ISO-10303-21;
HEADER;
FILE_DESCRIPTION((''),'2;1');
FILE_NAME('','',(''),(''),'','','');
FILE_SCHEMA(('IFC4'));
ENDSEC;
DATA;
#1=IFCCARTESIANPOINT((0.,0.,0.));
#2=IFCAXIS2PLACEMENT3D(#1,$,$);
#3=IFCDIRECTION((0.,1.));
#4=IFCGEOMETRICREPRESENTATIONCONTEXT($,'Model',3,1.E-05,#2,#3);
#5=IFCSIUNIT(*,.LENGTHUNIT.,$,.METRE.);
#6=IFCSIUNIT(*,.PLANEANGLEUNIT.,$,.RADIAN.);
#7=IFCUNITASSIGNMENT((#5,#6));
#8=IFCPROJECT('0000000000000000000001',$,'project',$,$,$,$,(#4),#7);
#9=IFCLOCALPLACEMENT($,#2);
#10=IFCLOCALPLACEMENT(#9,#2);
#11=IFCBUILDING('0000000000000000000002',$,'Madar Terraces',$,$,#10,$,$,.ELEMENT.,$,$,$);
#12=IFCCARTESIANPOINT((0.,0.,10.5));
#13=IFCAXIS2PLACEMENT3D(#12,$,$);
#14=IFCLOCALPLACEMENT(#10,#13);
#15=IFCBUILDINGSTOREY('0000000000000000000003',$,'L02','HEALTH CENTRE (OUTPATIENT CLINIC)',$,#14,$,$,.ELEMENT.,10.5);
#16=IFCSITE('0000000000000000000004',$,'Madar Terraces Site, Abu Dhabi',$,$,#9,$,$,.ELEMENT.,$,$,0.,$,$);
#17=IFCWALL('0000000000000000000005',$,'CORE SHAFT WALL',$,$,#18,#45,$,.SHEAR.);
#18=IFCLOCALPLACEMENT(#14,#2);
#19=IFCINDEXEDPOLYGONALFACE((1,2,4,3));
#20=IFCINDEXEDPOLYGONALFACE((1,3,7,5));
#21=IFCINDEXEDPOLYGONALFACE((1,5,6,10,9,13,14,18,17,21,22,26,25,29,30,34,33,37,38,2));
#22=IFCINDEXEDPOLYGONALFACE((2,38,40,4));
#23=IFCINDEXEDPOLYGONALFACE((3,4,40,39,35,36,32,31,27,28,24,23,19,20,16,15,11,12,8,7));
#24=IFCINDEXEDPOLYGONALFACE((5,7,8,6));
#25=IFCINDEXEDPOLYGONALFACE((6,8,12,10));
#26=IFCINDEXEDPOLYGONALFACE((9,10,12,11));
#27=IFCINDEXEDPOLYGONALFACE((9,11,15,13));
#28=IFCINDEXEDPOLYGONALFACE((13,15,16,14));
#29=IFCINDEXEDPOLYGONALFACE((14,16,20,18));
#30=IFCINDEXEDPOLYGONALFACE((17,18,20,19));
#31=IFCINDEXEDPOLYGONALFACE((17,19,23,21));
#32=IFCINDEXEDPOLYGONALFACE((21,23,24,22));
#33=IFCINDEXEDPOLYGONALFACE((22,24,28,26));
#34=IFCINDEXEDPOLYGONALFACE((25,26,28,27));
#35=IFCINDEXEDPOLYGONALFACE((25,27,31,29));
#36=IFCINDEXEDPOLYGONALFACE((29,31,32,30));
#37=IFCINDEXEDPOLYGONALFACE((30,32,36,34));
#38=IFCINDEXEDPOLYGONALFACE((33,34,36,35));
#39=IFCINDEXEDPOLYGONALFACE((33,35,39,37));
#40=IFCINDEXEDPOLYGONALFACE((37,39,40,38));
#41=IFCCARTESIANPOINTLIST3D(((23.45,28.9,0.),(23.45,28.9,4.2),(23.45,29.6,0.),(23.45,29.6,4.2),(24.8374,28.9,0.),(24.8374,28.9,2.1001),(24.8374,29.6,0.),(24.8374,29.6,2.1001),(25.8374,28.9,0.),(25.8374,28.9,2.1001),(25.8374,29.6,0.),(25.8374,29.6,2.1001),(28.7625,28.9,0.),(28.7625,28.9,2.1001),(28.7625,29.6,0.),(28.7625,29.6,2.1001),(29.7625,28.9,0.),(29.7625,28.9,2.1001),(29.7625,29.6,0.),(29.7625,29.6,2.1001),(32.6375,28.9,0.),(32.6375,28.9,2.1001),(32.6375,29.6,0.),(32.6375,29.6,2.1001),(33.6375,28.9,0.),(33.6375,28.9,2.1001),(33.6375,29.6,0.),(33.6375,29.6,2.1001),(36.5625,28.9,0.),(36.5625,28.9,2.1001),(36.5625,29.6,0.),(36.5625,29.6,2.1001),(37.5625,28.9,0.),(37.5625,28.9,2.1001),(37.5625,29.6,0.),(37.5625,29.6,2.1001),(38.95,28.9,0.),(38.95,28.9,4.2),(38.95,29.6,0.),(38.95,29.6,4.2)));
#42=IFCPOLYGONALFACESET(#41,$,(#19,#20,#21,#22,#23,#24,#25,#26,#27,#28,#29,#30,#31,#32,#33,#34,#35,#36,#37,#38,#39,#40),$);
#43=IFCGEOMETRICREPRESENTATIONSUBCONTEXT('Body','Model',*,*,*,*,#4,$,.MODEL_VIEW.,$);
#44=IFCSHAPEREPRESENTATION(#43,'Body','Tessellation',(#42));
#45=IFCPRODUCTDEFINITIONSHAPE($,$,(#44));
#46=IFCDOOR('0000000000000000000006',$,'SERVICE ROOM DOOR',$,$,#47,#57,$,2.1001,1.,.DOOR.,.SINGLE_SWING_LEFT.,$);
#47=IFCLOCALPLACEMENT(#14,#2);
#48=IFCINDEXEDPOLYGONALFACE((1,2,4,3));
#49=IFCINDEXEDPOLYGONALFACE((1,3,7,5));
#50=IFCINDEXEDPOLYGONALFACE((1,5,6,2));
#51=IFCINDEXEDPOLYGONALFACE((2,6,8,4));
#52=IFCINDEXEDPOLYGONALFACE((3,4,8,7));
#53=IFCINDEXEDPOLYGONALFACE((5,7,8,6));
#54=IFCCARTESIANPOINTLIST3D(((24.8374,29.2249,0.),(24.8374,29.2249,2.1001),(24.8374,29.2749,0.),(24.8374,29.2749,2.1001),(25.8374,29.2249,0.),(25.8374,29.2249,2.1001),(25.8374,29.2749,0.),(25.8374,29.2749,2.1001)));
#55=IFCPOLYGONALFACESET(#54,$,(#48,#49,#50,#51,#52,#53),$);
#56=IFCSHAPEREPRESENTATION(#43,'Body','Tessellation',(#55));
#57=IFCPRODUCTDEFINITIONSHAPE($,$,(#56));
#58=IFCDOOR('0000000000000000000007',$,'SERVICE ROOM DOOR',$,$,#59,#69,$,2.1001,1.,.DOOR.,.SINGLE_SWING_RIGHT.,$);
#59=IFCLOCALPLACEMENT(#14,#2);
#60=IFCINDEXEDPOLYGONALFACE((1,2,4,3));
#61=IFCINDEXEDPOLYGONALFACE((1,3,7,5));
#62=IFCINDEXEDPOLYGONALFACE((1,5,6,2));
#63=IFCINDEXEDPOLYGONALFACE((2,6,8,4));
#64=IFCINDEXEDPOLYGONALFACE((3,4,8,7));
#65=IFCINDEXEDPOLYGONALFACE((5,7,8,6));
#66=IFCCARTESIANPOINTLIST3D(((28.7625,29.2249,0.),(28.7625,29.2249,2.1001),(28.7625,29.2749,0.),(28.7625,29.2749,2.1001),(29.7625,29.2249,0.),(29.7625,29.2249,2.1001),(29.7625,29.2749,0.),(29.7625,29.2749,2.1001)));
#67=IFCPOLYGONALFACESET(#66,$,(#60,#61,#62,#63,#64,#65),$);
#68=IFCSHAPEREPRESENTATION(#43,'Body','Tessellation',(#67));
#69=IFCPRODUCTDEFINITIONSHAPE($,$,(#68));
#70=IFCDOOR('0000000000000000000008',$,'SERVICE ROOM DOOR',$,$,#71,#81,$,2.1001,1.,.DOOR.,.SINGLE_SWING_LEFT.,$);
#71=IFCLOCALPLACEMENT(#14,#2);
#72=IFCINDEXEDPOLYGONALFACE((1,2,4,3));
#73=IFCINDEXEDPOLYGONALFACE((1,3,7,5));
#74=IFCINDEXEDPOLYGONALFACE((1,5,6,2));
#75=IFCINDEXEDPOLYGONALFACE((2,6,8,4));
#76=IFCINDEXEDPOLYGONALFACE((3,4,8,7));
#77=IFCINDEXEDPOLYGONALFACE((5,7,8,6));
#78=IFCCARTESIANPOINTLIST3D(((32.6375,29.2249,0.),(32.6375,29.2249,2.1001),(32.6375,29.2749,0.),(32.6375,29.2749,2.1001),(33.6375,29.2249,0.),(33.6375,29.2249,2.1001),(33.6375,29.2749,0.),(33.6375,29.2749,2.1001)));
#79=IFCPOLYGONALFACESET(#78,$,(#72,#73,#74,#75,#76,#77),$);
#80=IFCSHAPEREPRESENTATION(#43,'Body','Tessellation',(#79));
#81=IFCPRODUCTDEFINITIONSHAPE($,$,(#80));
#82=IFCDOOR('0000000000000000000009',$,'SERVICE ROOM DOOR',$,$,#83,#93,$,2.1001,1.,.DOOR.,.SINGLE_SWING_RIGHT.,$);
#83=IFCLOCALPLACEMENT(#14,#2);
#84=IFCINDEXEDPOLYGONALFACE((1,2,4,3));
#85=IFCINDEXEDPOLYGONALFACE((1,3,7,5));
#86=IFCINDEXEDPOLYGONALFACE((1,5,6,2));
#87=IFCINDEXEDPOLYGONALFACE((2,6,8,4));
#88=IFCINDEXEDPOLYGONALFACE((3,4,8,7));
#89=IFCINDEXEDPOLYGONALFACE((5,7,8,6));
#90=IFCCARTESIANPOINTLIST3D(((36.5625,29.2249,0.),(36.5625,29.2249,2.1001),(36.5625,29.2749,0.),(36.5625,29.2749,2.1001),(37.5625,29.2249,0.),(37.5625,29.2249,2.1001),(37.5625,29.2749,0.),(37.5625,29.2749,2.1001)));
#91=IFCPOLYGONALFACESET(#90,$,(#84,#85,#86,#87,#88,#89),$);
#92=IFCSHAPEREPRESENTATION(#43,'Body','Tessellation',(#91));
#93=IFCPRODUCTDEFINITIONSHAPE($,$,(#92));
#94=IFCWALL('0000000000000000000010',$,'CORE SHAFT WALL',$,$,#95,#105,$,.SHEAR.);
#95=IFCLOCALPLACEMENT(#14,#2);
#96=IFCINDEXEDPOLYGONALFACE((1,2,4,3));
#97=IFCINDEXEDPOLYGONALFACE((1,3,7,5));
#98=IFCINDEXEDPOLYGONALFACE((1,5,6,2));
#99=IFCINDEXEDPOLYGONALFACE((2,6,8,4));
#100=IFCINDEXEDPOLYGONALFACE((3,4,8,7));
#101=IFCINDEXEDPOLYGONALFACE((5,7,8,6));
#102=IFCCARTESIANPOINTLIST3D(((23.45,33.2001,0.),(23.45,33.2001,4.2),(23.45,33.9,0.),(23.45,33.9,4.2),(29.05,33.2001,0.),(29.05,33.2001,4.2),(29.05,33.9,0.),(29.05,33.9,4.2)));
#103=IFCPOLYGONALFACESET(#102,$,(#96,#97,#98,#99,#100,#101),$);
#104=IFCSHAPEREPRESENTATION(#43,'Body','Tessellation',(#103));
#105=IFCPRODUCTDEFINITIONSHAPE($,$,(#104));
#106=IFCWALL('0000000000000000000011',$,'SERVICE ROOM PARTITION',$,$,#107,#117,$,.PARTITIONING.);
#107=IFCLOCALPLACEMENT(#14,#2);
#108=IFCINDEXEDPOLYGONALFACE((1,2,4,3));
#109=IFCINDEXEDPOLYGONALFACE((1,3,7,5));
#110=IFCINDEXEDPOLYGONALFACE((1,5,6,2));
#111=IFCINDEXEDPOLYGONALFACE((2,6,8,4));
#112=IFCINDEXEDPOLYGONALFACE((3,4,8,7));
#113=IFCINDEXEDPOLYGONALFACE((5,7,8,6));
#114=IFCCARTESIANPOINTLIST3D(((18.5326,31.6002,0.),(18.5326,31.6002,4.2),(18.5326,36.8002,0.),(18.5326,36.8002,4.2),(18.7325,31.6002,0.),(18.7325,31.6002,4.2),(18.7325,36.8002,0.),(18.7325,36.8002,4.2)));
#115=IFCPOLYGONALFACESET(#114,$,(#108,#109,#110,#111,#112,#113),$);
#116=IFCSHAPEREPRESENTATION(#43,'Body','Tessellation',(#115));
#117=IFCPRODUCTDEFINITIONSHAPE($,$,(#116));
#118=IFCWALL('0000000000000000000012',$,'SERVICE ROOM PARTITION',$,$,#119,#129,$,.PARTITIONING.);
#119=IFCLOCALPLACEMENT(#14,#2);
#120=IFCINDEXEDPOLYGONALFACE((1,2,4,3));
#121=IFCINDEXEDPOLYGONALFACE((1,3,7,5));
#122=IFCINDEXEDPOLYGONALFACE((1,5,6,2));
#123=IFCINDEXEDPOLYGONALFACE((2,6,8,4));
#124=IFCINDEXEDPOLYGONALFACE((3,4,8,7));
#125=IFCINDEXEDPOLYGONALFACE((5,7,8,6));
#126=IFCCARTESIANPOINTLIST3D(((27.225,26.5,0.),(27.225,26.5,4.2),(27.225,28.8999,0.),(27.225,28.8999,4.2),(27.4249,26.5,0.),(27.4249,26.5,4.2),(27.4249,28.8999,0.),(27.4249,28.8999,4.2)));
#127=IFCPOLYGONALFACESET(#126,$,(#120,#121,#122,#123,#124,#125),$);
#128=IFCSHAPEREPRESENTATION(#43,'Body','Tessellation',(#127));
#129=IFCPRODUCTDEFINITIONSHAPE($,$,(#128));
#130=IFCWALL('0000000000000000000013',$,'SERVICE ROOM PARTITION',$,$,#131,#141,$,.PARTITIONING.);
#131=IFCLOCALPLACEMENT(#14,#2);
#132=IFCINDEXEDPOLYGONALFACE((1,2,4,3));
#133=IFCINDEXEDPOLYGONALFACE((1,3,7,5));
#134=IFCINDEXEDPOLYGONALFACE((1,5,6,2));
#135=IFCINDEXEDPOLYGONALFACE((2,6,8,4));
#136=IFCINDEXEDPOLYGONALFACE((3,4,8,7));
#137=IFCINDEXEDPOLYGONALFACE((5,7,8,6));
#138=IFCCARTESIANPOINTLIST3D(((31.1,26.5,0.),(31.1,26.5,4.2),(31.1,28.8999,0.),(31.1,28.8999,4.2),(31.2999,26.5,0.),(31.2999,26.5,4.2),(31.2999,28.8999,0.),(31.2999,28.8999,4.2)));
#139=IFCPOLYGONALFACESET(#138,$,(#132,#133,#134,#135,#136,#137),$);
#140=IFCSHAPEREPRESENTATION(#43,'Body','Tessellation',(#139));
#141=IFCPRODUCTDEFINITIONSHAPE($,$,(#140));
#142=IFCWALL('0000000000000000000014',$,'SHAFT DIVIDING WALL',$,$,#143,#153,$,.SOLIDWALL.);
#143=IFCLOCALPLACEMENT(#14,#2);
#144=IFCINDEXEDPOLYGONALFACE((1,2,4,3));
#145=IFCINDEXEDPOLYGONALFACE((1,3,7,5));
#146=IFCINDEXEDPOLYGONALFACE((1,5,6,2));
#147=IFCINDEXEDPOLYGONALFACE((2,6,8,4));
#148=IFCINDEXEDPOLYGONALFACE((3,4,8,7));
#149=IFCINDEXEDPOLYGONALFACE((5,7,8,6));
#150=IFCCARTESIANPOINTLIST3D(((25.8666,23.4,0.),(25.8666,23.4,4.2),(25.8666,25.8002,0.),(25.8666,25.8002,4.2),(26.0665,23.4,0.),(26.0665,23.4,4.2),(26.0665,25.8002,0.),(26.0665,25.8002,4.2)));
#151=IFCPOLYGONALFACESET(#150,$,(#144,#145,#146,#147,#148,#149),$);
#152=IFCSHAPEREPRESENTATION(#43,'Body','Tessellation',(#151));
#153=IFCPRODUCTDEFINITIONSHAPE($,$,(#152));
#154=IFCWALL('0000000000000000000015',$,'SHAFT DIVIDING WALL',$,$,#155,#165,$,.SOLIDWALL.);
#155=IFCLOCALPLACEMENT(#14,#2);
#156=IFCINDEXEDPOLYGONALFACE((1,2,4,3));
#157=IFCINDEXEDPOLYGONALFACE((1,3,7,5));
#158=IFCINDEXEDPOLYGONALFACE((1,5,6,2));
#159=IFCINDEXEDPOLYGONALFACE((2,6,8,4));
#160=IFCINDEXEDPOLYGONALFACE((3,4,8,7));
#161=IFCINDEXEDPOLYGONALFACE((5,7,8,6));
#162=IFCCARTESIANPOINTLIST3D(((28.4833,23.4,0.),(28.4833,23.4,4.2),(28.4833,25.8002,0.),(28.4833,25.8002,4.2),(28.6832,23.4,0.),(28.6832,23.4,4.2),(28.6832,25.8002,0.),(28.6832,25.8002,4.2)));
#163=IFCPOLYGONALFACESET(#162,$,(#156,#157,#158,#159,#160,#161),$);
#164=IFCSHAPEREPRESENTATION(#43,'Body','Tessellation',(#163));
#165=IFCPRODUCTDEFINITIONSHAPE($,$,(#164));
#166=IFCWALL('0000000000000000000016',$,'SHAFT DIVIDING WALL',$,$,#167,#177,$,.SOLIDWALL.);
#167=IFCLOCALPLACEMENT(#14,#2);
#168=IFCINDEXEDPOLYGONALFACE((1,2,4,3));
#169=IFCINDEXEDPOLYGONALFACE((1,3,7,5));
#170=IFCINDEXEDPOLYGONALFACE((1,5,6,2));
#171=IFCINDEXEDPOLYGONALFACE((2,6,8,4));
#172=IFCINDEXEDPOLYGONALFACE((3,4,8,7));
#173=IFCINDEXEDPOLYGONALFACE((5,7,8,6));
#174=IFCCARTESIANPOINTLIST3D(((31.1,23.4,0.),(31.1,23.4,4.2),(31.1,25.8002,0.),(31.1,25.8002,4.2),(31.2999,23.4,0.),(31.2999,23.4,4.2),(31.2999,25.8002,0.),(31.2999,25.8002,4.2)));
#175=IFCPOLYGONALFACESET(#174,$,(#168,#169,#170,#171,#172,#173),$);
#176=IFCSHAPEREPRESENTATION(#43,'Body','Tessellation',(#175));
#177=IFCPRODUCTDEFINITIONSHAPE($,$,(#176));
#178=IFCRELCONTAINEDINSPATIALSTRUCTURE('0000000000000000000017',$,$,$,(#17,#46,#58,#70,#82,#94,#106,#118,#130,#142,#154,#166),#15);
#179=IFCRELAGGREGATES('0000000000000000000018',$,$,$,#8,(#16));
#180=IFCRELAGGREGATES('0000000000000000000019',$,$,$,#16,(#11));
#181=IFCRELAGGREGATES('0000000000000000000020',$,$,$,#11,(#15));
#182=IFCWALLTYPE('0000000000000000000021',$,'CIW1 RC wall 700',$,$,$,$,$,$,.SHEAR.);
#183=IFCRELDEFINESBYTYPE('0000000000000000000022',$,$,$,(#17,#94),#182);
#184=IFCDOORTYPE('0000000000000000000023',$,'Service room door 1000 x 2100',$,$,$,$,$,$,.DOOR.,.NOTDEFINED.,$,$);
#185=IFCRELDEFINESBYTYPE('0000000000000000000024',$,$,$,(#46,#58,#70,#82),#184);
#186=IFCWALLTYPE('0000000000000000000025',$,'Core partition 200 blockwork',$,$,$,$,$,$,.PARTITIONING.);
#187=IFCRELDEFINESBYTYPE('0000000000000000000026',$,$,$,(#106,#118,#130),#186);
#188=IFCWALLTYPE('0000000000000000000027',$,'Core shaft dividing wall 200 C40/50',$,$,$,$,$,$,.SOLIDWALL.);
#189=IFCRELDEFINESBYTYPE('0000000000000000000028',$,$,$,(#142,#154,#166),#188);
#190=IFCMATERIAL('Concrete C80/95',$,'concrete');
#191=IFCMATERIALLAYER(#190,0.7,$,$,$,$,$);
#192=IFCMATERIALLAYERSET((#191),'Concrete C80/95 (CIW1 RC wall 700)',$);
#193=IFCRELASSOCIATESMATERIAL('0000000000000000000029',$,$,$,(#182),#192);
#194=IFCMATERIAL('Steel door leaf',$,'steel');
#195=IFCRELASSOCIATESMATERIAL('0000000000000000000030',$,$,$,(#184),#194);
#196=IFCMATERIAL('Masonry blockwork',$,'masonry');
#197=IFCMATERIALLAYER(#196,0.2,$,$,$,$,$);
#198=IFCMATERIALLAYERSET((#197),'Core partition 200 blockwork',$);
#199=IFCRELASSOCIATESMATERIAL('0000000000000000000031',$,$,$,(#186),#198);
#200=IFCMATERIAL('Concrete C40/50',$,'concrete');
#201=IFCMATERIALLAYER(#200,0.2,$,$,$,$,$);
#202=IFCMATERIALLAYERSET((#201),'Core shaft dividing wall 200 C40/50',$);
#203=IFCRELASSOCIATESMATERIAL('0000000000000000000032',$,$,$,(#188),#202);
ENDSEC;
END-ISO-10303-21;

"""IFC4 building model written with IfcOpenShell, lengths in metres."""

from ifc_helpers import new_model, si_unit, direction, frame, frame_2d, origin, place, context, subcontext, project, spatial, rectangle, extrude, material, layer, layer_set, type_object, element, fill, save


model = new_model("IFC4")

# Units and contexts
model_context = context("Model", 3, precision=1e-05, world=origin(), true_north=direction((0.0, 1.0)))
body_context = subcontext(model_context, "Body", "Model", "MODEL_VIEW")
ifc_project = project(units=[si_unit("LENGTHUNIT", "METRE"), si_unit("PLANEANGLEUNIT", "RADIAN")], contexts=[model_context])

# Site, building, storey
site_placement = place(None, origin())
site = spatial("IfcSite", under=ifc_project, at=site_placement, Name="Madar Terraces Site, Abu Dhabi", CompositionType="ELEMENT", RefElevation=0.0)
building_placement = place(site_placement, origin())
building = spatial("IfcBuilding", under=site, at=building_placement, Name="Madar Terraces", CompositionType="ELEMENT")
storey_placement = place(building_placement, frame((0.0, 0.0, 10.5)))
storey = spatial("IfcBuildingStorey", under=building, at=storey_placement, Name="L02", Description="HEALTH CENTRE (OUTPATIENT CLINIC)", CompositionType="ELEMENT", Elevation=10.5)

# Shared definitions
ifc_material_1 = material(Name="Concrete C80/95", Category="concrete")
ifc_layer_1 = layer(ifc_material_1, 0.7)
ifc_layer_set_1 = layer_set([ifc_layer_1], Name="Concrete C80/95 (CIW1 RC wall 700)")
wall_type_1 = type_object("IfcWallType", Name="CIW1 RC wall 700", PredefinedType="SHEAR", material=ifc_layer_set_1)

# Shared definitions
ifc_material_2 = material(Name="Steel door leaf", Category="steel")
door_type_1 = type_object("IfcDoorType", Name="Service room door 1000 x 2100", OperationType="NOTDEFINED", PredefinedType="DOOR", material=ifc_material_2)

# Wall, openings, doors
wall_1_placement = place(storey_placement, frame((23.45, 29.25, 0.0), z_axis=(0.0, 0.0, 1.0), x_axis=(1.0, 0.0, 0.0)))
wall_1 = element("IfcWall", 1, at=wall_1_placement, inside=storey, type_object=wall_type_1, Name="CORE SHAFT WALL", PredefinedType="SHEAR", context=body_context, shape_type="SweptSolid", body=[
    extrude(rectangle(XDim=15.5, YDim=0.7, at=frame_2d((7.75, 0.0))), origin(), (0.0, 0.0, 1.0), 4.2),
])
opening_1_placement = place(wall_1_placement, frame((1.3875, 0.0, 0.0)))
opening_1 = element("IfcOpeningElement", 2, at=opening_1_placement, cuts=wall_1, PredefinedType="OPENING", context=body_context, shape_type="SweptSolid", body=[
    extrude(rectangle(XDim=1.0, YDim=2.1001, at=frame_2d((0.5, 1.05))), frame((0.0, 0.3599, 0.0), z_axis=(0.0, -1.0, 0.0), x_axis=(1.0, 0.0, 0.0)), (0.0, 0.0, 1.0), 0.72),
])
opening_2_placement = place(wall_1_placement, frame((5.3125, 0.0, 0.0)))
opening_2 = element("IfcOpeningElement", 3, at=opening_2_placement, cuts=wall_1, PredefinedType="OPENING", context=body_context, shape_type="SweptSolid", body=[
    extrude(rectangle(XDim=1.0, YDim=2.1001, at=frame_2d((0.5, 1.05))), frame((0.0, 0.3599, 0.0), z_axis=(0.0, -1.0, 0.0), x_axis=(1.0, 0.0, 0.0)), (0.0, 0.0, 1.0), 0.72),
])
opening_3_placement = place(wall_1_placement, frame((9.1875, 0.0, 0.0)))
opening_3 = element("IfcOpeningElement", 4, at=opening_3_placement, cuts=wall_1, PredefinedType="OPENING", context=body_context, shape_type="SweptSolid", body=[
    extrude(rectangle(XDim=1.0, YDim=2.1001, at=frame_2d((0.5, 1.05))), frame((0.0, 0.3599, 0.0), z_axis=(0.0, -1.0, 0.0), x_axis=(1.0, 0.0, 0.0)), (0.0, 0.0, 1.0), 0.72),
])
opening_4_placement = place(wall_1_placement, frame((13.1125, 0.0, 0.0)))
opening_4 = element("IfcOpeningElement", 5, at=opening_4_placement, cuts=wall_1, PredefinedType="OPENING", context=body_context, shape_type="SweptSolid", body=[
    extrude(rectangle(XDim=1.0, YDim=2.1001, at=frame_2d((0.5, 1.05))), frame((0.0, 0.3599, 0.0), z_axis=(0.0, -1.0, 0.0), x_axis=(1.0, 0.0, 0.0)), (0.0, 0.0, 1.0), 0.72),
])
door_1_placement = place(opening_1_placement, origin())
door_1 = element("IfcDoor", 6, at=door_1_placement, inside=storey, type_object=door_type_1, Name="SERVICE ROOM DOOR", OperationType="SINGLE_SWING_LEFT", OverallHeight=2.1001, OverallWidth=1.0, PredefinedType="DOOR", context=body_context, shape_type="SweptSolid", body=[
    extrude(rectangle(XDim=1.0, YDim=2.1001, at=frame_2d((0.5, 1.05))), frame((0.0, 0.0249, 0.0), z_axis=(0.0, -1.0, 0.0), x_axis=(1.0, 0.0, 0.0)), (0.0, 0.0, 1.0), 0.05),
])
fill(opening_1, door_1)
door_2_placement = place(opening_2_placement, origin())
door_2 = element("IfcDoor", 7, at=door_2_placement, inside=storey, type_object=door_type_1, Name="SERVICE ROOM DOOR", OperationType="SINGLE_SWING_RIGHT", OverallHeight=2.1001, OverallWidth=1.0, PredefinedType="DOOR", context=body_context, shape_type="SweptSolid", body=[
    extrude(rectangle(XDim=1.0, YDim=2.1001, at=frame_2d((0.5, 1.05))), frame((0.0, 0.0249, 0.0), z_axis=(0.0, -1.0, 0.0), x_axis=(1.0, 0.0, 0.0)), (0.0, 0.0, 1.0), 0.05),
])
fill(opening_2, door_2)
door_3_placement = place(opening_3_placement, origin())
door_3 = element("IfcDoor", 8, at=door_3_placement, inside=storey, type_object=door_type_1, Name="SERVICE ROOM DOOR", OperationType="SINGLE_SWING_LEFT", OverallHeight=2.1001, OverallWidth=1.0, PredefinedType="DOOR", context=body_context, shape_type="SweptSolid", body=[
    extrude(rectangle(XDim=1.0, YDim=2.1001, at=frame_2d((0.5, 1.05))), frame((0.0, 0.0249, 0.0), z_axis=(0.0, -1.0, 0.0), x_axis=(1.0, 0.0, 0.0)), (0.0, 0.0, 1.0), 0.05),
])
fill(opening_3, door_3)
door_4_placement = place(opening_4_placement, origin())
door_4 = element("IfcDoor", 9, at=door_4_placement, inside=storey, type_object=door_type_1, Name="SERVICE ROOM DOOR", OperationType="SINGLE_SWING_RIGHT", OverallHeight=2.1001, OverallWidth=1.0, PredefinedType="DOOR", context=body_context, shape_type="SweptSolid", body=[
    extrude(rectangle(XDim=1.0, YDim=2.1001, at=frame_2d((0.5, 1.05))), frame((0.0, 0.0249, 0.0), z_axis=(0.0, -1.0, 0.0), x_axis=(1.0, 0.0, 0.0)), (0.0, 0.0, 1.0), 0.05),
])
fill(opening_4, door_4)

# Walls
wall_2_placement = place(storey_placement, frame((23.45, 33.55, 0.0), z_axis=(0.0, 0.0, 1.0), x_axis=(1.0, 0.0, 0.0)))
element("IfcWall", 10, at=wall_2_placement, inside=storey, type_object=wall_type_1, Name="CORE SHAFT WALL", PredefinedType="SHEAR", context=body_context, shape_type="SweptSolid", body=[
    extrude(rectangle(XDim=5.6001, YDim=0.7, at=frame_2d((2.8, 0.0))), origin(), (0.0, 0.0, 1.0), 4.2),
])
ifc_material_3 = material(Name="Masonry blockwork", Category="masonry")
ifc_layer_2 = layer(ifc_material_3, 0.2)
ifc_layer_set_2 = layer_set([ifc_layer_2], Name="Core partition 200 blockwork")
wall_type_2 = type_object("IfcWallType", Name="Core partition 200 blockwork", PredefinedType="PARTITIONING", material=ifc_layer_set_2)
wall_3_placement = place(storey_placement, frame((18.6326, 31.6001, 0.0), z_axis=(0.0, 0.0, 1.0), x_axis=(0.0, 1.0, 0.0)))
element("IfcWall", 11, at=wall_3_placement, inside=storey, type_object=wall_type_2, Name="SERVICE ROOM PARTITION", PredefinedType="PARTITIONING", context=body_context, shape_type="SweptSolid", body=[
    extrude(rectangle(XDim=5.2, YDim=0.2, at=frame_2d((2.6001, 0.0))), origin(), (0.0, 0.0, 1.0), 4.2),
])
for number, where, z_axis, x_axis, name in (
    (12, (27.325, 26.5, 0.0), (0.0, 0.0, 1.0), (0.0, 1.0, 0.0), "SERVICE ROOM PARTITION"),
    (13, (31.2, 26.5, 0.0), (0.0, 0.0, 1.0), (0.0, 1.0, 0.0), "SERVICE ROOM PARTITION"),
):
    element("IfcWall", number, at=place(storey_placement, frame(where, z_axis=z_axis, x_axis=x_axis)), inside=storey, type_object=wall_type_2, Name=name, PredefinedType="PARTITIONING", context=body_context, shape_type="SweptSolid", body=[
        extrude(rectangle(XDim=2.3999, YDim=0.2, at=frame_2d((1.2, 0.0))), origin(), (0.0, 0.0, 1.0), 4.2),
    ])
ifc_material_4 = material(Name="Concrete C40/50", Category="concrete")
ifc_layer_3 = layer(ifc_material_4, 0.2)
ifc_layer_set_3 = layer_set([ifc_layer_3], Name="Core shaft dividing wall 200 C40/50")
wall_type_3 = type_object("IfcWallType", Name="Core shaft dividing wall 200 C40/50", PredefinedType="SOLIDWALL", material=ifc_layer_set_3)
for number, where, z_axis, x_axis, name in (
    (14, (25.9666, 23.3999, 0.0), (0.0, 0.0, 1.0), (0.0, 1.0, 0.0), "SHAFT DIVIDING WALL"),
    (15, (28.5833, 23.3999, 0.0), (0.0, 0.0, 1.0), (0.0, 1.0, 0.0), "SHAFT DIVIDING WALL"),
    (16, (31.2, 23.3999, 0.0), (0.0, 0.0, 1.0), (0.0, 1.0, 0.0), "SHAFT DIVIDING WALL"),
):
    element("IfcWall", number, at=place(storey_placement, frame(where, z_axis=z_axis, x_axis=x_axis)), inside=storey, type_object=wall_type_3, Name=name, PredefinedType="SOLIDWALL", context=body_context, shape_type="SweptSolid", body=[
        extrude(rectangle(XDim=2.4001, YDim=0.2, at=frame_2d((1.2002, 0.0))), origin(), (0.0, 0.0, 1.0), 4.2),
    ])

save(model, "model.ifc")
